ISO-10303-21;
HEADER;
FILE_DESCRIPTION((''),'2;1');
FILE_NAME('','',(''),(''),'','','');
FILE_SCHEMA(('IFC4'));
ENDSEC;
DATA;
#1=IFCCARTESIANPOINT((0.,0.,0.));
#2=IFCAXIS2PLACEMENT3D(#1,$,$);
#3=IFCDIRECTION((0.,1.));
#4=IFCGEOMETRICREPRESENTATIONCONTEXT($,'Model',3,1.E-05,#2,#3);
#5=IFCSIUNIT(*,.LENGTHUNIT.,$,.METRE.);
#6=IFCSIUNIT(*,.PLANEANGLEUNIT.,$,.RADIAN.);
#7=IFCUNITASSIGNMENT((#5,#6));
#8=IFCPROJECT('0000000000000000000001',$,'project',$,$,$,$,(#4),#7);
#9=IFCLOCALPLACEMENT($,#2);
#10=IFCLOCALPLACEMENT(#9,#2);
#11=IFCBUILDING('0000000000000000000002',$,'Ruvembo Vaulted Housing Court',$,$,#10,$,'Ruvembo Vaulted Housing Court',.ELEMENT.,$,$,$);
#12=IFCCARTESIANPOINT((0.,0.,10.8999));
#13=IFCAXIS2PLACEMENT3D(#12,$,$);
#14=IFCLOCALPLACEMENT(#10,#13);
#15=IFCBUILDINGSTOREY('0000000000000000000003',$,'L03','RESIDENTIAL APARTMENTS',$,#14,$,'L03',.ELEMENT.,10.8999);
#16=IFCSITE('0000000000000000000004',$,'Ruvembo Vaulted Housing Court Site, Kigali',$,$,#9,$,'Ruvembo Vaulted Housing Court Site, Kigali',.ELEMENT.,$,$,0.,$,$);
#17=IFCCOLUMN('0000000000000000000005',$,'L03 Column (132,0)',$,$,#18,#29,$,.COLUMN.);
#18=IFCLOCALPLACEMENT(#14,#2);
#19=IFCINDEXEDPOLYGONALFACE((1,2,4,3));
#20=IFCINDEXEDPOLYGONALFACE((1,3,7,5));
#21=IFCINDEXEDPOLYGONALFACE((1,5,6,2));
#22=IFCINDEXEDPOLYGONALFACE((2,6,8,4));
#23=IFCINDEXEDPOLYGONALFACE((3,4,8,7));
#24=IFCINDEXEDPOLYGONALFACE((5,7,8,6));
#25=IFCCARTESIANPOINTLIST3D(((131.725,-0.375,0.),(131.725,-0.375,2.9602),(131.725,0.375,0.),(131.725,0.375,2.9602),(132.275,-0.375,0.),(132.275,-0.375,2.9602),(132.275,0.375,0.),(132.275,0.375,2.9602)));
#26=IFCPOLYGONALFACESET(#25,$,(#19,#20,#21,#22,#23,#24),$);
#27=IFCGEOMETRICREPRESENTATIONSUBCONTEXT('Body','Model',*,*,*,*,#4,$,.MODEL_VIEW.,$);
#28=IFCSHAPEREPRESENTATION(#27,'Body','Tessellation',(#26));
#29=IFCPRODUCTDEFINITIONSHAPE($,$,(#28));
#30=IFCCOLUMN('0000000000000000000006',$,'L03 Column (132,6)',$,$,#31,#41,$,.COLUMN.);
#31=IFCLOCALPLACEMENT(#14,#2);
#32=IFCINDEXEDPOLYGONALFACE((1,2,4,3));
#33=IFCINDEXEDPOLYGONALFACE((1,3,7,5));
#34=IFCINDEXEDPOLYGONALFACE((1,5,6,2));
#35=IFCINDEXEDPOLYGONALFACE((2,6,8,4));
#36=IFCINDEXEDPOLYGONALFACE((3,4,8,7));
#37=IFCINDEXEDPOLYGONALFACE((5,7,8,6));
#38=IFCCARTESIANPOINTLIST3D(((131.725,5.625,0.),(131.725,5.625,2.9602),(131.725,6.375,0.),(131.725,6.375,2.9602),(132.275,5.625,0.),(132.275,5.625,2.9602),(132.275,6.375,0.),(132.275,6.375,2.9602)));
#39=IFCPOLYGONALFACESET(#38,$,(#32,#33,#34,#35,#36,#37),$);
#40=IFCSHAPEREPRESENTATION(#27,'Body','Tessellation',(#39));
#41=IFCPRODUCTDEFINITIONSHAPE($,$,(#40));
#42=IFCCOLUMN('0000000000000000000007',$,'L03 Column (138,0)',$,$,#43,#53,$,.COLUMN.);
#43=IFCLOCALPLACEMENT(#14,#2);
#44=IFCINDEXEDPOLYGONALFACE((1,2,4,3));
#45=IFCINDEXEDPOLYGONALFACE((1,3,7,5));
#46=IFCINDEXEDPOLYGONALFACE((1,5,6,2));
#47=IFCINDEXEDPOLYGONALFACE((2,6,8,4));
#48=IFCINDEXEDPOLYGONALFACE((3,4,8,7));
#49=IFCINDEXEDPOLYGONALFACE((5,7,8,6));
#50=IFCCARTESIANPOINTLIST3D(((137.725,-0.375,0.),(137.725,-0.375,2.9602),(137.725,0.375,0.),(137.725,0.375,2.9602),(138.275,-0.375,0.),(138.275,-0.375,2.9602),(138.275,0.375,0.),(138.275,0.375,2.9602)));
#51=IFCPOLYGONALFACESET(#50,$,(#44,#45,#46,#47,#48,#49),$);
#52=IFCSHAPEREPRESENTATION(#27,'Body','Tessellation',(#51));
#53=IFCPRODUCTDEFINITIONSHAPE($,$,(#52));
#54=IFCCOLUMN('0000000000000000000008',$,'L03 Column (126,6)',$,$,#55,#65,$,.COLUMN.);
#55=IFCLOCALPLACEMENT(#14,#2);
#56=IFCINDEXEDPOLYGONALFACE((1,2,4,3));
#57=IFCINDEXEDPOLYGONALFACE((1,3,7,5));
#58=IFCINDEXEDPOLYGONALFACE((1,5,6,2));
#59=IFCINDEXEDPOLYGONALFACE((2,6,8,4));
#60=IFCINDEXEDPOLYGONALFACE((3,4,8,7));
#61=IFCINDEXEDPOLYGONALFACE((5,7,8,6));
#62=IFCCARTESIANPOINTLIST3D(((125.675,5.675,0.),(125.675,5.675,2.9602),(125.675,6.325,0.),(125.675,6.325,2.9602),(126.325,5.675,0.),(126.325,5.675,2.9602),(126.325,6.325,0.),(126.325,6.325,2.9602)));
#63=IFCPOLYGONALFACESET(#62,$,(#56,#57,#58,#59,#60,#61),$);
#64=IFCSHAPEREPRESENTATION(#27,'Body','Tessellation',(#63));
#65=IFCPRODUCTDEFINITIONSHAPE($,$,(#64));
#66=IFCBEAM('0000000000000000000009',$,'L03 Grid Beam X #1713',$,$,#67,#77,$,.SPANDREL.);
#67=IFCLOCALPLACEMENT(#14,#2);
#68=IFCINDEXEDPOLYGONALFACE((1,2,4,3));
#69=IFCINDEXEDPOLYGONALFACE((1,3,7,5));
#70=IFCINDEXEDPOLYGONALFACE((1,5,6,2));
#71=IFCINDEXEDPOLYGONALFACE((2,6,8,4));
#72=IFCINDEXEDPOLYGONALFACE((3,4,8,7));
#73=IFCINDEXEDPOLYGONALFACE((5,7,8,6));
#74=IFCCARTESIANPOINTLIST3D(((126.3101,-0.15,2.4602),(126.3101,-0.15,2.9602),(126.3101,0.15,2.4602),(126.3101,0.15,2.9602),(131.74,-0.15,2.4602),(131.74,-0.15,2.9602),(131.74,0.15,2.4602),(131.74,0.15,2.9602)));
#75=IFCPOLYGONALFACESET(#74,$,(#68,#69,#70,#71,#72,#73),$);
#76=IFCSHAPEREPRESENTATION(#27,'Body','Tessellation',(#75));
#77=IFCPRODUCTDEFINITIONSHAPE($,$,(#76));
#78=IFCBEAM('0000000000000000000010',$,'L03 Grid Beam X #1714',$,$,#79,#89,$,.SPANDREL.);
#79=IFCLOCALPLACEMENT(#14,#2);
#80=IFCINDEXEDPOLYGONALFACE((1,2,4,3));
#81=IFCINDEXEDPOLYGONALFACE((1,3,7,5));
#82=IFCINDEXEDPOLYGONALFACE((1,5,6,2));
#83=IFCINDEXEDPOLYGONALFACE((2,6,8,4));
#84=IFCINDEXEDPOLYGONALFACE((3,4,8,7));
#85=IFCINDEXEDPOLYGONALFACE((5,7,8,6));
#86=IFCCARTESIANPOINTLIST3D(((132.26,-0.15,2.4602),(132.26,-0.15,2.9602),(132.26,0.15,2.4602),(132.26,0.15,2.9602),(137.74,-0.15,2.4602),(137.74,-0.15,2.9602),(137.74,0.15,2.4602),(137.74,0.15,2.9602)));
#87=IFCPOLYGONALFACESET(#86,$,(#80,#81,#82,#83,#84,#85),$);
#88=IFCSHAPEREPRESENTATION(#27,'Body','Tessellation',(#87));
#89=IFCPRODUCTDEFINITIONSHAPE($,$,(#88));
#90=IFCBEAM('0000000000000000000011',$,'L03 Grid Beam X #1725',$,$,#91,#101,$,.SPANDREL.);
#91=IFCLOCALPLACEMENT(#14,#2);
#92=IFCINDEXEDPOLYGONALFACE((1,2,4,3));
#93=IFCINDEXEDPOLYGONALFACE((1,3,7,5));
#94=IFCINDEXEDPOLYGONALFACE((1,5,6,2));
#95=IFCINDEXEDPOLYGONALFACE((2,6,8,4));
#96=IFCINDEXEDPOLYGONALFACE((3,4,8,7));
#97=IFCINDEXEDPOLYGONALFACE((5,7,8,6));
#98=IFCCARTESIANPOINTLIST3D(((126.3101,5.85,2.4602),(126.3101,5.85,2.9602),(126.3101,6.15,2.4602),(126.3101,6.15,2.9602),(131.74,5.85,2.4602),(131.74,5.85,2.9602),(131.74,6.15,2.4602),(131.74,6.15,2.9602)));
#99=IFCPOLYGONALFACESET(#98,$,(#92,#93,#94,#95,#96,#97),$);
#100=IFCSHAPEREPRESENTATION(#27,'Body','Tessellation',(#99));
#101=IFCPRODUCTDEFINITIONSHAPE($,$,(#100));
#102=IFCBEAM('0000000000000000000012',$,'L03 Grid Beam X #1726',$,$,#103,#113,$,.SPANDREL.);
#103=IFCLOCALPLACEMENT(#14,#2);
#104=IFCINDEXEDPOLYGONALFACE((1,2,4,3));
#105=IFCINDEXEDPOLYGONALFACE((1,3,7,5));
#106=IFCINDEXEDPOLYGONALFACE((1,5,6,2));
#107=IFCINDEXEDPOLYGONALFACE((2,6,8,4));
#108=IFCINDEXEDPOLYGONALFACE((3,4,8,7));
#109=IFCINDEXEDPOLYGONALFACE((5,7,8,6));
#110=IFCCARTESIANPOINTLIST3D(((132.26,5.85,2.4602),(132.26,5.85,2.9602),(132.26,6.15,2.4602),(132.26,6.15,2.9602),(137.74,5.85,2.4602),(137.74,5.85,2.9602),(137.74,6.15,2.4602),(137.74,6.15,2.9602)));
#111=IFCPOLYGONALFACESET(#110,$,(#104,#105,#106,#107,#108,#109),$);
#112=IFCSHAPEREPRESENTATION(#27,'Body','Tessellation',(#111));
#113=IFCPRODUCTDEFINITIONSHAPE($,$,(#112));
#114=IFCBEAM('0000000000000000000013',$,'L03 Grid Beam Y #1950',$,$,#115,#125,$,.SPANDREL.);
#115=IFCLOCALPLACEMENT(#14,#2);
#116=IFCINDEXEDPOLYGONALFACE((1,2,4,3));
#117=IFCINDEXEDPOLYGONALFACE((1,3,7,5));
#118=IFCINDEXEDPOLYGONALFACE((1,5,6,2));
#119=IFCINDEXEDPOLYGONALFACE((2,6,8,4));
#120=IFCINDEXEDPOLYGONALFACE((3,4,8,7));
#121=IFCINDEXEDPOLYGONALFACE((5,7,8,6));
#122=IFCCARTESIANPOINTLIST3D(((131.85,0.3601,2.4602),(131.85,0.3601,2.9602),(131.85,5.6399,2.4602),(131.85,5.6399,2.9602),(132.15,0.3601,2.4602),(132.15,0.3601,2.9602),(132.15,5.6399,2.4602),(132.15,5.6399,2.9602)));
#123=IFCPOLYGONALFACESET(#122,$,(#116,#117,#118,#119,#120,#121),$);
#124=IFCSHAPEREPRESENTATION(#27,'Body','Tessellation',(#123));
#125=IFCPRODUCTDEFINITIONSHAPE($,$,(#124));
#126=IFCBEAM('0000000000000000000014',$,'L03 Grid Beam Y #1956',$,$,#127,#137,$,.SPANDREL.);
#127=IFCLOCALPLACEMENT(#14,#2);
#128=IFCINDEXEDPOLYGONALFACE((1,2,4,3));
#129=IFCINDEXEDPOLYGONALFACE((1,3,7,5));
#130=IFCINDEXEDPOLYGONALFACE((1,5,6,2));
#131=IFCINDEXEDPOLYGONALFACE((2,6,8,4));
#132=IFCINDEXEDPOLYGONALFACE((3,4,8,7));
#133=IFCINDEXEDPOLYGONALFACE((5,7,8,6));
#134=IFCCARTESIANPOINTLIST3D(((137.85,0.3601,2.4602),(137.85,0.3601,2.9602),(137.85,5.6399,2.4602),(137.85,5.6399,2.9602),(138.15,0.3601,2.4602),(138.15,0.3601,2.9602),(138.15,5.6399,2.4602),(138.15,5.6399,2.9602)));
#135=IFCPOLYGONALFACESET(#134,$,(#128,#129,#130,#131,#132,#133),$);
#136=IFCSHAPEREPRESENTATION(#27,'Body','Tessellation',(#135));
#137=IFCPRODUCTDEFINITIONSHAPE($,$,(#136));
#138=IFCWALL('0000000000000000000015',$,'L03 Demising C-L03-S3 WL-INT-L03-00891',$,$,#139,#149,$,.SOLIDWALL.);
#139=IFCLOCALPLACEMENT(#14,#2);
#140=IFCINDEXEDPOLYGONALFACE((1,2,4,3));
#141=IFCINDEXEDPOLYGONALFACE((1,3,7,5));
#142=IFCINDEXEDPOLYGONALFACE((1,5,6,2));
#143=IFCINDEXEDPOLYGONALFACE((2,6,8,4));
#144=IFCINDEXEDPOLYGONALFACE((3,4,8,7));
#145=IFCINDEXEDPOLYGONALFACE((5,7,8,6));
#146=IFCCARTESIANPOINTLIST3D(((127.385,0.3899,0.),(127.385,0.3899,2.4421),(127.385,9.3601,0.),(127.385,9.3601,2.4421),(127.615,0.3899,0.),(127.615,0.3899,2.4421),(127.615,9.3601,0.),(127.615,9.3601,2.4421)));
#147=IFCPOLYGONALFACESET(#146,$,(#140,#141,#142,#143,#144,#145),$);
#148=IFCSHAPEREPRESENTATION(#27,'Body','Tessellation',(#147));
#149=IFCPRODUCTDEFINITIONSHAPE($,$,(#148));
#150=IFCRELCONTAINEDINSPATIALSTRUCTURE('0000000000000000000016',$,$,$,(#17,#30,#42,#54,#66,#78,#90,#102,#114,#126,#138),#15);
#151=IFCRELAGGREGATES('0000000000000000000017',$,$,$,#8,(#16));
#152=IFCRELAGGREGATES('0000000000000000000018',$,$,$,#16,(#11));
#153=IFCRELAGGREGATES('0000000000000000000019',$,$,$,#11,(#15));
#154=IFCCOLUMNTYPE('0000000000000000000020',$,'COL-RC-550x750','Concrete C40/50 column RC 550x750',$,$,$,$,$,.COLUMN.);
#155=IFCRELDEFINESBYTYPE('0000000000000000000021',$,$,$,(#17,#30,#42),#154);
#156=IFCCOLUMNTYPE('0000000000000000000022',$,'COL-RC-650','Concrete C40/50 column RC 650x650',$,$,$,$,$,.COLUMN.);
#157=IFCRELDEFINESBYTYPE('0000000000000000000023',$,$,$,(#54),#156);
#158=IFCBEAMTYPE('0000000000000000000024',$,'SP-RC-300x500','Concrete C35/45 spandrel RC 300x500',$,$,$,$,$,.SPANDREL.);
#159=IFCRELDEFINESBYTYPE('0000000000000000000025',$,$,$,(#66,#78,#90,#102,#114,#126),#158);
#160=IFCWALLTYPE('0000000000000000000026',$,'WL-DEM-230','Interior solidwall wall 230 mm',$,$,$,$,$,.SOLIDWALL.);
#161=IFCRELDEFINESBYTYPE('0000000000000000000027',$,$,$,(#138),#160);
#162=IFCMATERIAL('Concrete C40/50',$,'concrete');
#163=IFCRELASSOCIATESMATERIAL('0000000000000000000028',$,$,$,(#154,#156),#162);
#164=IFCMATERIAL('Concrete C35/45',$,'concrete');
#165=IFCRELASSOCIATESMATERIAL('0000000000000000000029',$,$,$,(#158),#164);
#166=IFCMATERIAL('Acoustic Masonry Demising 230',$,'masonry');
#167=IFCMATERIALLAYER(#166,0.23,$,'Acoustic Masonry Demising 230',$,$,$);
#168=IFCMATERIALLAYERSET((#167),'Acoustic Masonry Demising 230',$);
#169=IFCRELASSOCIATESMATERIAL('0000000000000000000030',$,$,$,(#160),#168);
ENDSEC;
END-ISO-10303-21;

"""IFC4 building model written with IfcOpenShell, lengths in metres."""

from ifc_helpers import new_model, si_unit, direction, frame, frame_2d, origin, origin_2d, place, context, subcontext, project, spatial, rectangle, extrude, material, layer, layer_set, material_profile, profile_set, type_object, element, save


model = new_model("IFC4")

# Units and contexts
model_context = context("Model", 3, precision=1e-05, world=origin(), true_north=direction((0.0, 1.0)))
body_context = subcontext(model_context, "Body", "Model", "MODEL_VIEW")
ifc_project = project(units=[si_unit("LENGTHUNIT", "METRE"), si_unit("PLANEANGLEUNIT", "RADIAN")], contexts=[model_context])

# Site, building, storey
site_placement = place(None, origin())
site = spatial("IfcSite", under=ifc_project, at=site_placement, Name="Ruvembo Vaulted Housing Court Site, Kigali", LongName="Ruvembo Vaulted Housing Court Site, Kigali", CompositionType="ELEMENT", RefElevation=0.0)
building_placement = place(site_placement, origin())
building = spatial("IfcBuilding", under=site, at=building_placement, Name="Ruvembo Vaulted Housing Court", LongName="Ruvembo Vaulted Housing Court", CompositionType="ELEMENT")
storey_placement = place(building_placement, frame((0.0, 0.0, 10.8999)))
storey = spatial("IfcBuildingStorey", under=building, at=storey_placement, Name="L03", Description="RESIDENTIAL APARTMENTS", LongName="L03", CompositionType="ELEMENT", Elevation=10.8999)

# Columns
ifc_material_1 = material(Name="Concrete C40/50", Category="concrete")
ifc_material_profile_1 = material_profile(ifc_material_1, rectangle(XDim=0.55, YDim=0.75, at=origin_2d()), Name="RC 550x750")
ifc_profile_set_1 = profile_set([ifc_material_profile_1], Name="Concrete C40/50")
column_type_1 = type_object("IfcColumnType", Name="COL-RC-550x750", Description="Concrete C40/50 column RC 550x750", PredefinedType="COLUMN", material=ifc_profile_set_1)
for number, where, z_axis, x_axis, name in (
    (1, (132.0, 0.0, 0.0), (0.0, 0.0, 1.0), (1.0, 0.0, 0.0), "L03 Column (132,0)"),
    (2, (132.0, 6.0, 0.0), (0.0, 0.0, 1.0), (1.0, 0.0, 0.0), "L03 Column (132,6)"),
    (3, (138.0, 0.0, 0.0), (0.0, 0.0, 1.0), (1.0, 0.0, 0.0), "L03 Column (138,0)"),
):
    element("IfcColumn", number, at=place(storey_placement, frame(where, z_axis=z_axis, x_axis=x_axis)), inside=storey, type_object=column_type_1, Name=name, PredefinedType="COLUMN", context=body_context, shape_type="SweptSolid", body=[
        extrude(rectangle(XDim=0.55, YDim=0.75, at=origin_2d()), origin(), (0.0, 0.0, 1.0), 2.9602),
    ])
ifc_material_profile_2 = material_profile(ifc_material_1, rectangle(XDim=0.6499, YDim=0.6499, at=origin_2d()), Name="RC 650x650")
ifc_profile_set_2 = profile_set([ifc_material_profile_2], Name="Concrete C40/50")
column_type_2 = type_object("IfcColumnType", Name="COL-RC-650", Description="Concrete C40/50 column RC 650x650", PredefinedType="COLUMN", material=ifc_profile_set_2)
column_placement = place(storey_placement, frame((126.0, 6.0, 0.0), z_axis=(0.0, 0.0, 1.0), x_axis=(1.0, 0.0, 0.0)))
element("IfcColumn", 4, at=column_placement, inside=storey, type_object=column_type_2, Name="L03 Column (126,6)", PredefinedType="COLUMN", context=body_context, shape_type="SweptSolid", body=[
    extrude(rectangle(XDim=0.6499, YDim=0.6499, at=origin_2d()), origin(), (0.0, 0.0, 1.0), 2.9602),
])

# Beams
ifc_material_2 = material(Name="Concrete C35/45", Category="concrete")
ifc_material_profile_3 = material_profile(ifc_material_2, rectangle(XDim=0.3, YDim=0.5, at=origin_2d()), Name="RC 300x500")
ifc_profile_set_3 = profile_set([ifc_material_profile_3], Name="Concrete C35/45")
beam_type = type_object("IfcBeamType", Name="SP-RC-300x500", Description="Concrete C35/45 spandrel RC 300x500", PredefinedType="SPANDREL", material=ifc_profile_set_3)
beam_1_placement = place(storey_placement, frame((126.3101, 0.0, 2.7102), z_axis=(1.0, 0.0, 0.0), x_axis=(0.0, 1.0, 0.0)))
element("IfcBeam", 5, at=beam_1_placement, inside=storey, type_object=beam_type, Name="L03 Grid Beam X #1713", PredefinedType="SPANDREL", context=body_context, shape_type="SweptSolid", body=[
    extrude(rectangle(XDim=0.3, YDim=0.5, at=origin_2d()), origin(), (0.0, 0.0, 1.0), 5.4299),
])
beam_2_placement = place(storey_placement, frame((132.26, 0.0, 2.7102), z_axis=(1.0, 0.0, 0.0), x_axis=(0.0, 1.0, 0.0)))
element("IfcBeam", 6, at=beam_2_placement, inside=storey, type_object=beam_type, Name="L03 Grid Beam X #1714", PredefinedType="SPANDREL", context=body_context, shape_type="SweptSolid", body=[
    extrude(rectangle(XDim=0.3, YDim=0.5, at=origin_2d()), origin(), (0.0, 0.0, 1.0), 5.48),
])
beam_3_placement = place(storey_placement, frame((126.3101, 6.0, 2.7102), z_axis=(1.0, 0.0, 0.0), x_axis=(0.0, 1.0, 0.0)))
element("IfcBeam", 7, at=beam_3_placement, inside=storey, type_object=beam_type, Name="L03 Grid Beam X #1725", PredefinedType="SPANDREL", context=body_context, shape_type="SweptSolid", body=[
    extrude(rectangle(XDim=0.3, YDim=0.5, at=origin_2d()), origin(), (0.0, 0.0, 1.0), 5.4299),
])
beam_4_placement = place(storey_placement, frame((132.26, 6.0, 2.7102), z_axis=(1.0, 0.0, 0.0), x_axis=(0.0, 1.0, 0.0)))
element("IfcBeam", 8, at=beam_4_placement, inside=storey, type_object=beam_type, Name="L03 Grid Beam X #1726", PredefinedType="SPANDREL", context=body_context, shape_type="SweptSolid", body=[
    extrude(rectangle(XDim=0.3, YDim=0.5, at=origin_2d()), origin(), (0.0, 0.0, 1.0), 5.48),
])
for number, where, z_axis, x_axis, name in (
    (9, (132.0, 0.3601, 2.7102), (0.0, 1.0, 0.0), (-1.0, 0.0, 0.0), "L03 Grid Beam Y #1950"),
    (10, (138.0, 0.3601, 2.7102), (0.0, 1.0, 0.0), (-1.0, 0.0, 0.0), "L03 Grid Beam Y #1956"),
):
    element("IfcBeam", number, at=place(storey_placement, frame(where, z_axis=z_axis, x_axis=x_axis)), inside=storey, type_object=beam_type, Name=name, PredefinedType="SPANDREL", context=body_context, shape_type="SweptSolid", body=[
        extrude(rectangle(XDim=0.3, YDim=0.5, at=origin_2d()), origin(), (0.0, 0.0, 1.0), 5.2798),
    ])

# Wall
ifc_material_3 = material(Name="Acoustic Masonry Demising 230", Category="masonry")
ifc_layer_1 = layer(ifc_material_3, 0.23, Name="Acoustic Masonry Demising 230")
ifc_layer_set_1 = layer_set([ifc_layer_1], Name="Acoustic Masonry Demising 230")
wall_type_1 = type_object("IfcWallType", Name="WL-DEM-230", Description="Interior solidwall wall 230 mm", PredefinedType="SOLIDWALL", material=ifc_layer_set_1)
wall_1_placement = place(storey_placement, frame((127.5, 0.3899, 0.0), z_axis=(0.0, 0.0, 1.0), x_axis=(0.0, 1.0, 0.0)))
element("IfcWall", 11, at=wall_1_placement, inside=storey, type_object=wall_type_1, Name="L03 Demising C-L03-S3 WL-INT-L03-00891", PredefinedType="SOLIDWALL", context=body_context, shape_type="SweptSolid", body=[
    extrude(rectangle(XDim=8.9702, YDim=0.23, at=frame_2d((4.4851, 0.0))), origin(), (0.0, 0.0, 1.0), 2.4421),
])

save(model, "model.ifc")
